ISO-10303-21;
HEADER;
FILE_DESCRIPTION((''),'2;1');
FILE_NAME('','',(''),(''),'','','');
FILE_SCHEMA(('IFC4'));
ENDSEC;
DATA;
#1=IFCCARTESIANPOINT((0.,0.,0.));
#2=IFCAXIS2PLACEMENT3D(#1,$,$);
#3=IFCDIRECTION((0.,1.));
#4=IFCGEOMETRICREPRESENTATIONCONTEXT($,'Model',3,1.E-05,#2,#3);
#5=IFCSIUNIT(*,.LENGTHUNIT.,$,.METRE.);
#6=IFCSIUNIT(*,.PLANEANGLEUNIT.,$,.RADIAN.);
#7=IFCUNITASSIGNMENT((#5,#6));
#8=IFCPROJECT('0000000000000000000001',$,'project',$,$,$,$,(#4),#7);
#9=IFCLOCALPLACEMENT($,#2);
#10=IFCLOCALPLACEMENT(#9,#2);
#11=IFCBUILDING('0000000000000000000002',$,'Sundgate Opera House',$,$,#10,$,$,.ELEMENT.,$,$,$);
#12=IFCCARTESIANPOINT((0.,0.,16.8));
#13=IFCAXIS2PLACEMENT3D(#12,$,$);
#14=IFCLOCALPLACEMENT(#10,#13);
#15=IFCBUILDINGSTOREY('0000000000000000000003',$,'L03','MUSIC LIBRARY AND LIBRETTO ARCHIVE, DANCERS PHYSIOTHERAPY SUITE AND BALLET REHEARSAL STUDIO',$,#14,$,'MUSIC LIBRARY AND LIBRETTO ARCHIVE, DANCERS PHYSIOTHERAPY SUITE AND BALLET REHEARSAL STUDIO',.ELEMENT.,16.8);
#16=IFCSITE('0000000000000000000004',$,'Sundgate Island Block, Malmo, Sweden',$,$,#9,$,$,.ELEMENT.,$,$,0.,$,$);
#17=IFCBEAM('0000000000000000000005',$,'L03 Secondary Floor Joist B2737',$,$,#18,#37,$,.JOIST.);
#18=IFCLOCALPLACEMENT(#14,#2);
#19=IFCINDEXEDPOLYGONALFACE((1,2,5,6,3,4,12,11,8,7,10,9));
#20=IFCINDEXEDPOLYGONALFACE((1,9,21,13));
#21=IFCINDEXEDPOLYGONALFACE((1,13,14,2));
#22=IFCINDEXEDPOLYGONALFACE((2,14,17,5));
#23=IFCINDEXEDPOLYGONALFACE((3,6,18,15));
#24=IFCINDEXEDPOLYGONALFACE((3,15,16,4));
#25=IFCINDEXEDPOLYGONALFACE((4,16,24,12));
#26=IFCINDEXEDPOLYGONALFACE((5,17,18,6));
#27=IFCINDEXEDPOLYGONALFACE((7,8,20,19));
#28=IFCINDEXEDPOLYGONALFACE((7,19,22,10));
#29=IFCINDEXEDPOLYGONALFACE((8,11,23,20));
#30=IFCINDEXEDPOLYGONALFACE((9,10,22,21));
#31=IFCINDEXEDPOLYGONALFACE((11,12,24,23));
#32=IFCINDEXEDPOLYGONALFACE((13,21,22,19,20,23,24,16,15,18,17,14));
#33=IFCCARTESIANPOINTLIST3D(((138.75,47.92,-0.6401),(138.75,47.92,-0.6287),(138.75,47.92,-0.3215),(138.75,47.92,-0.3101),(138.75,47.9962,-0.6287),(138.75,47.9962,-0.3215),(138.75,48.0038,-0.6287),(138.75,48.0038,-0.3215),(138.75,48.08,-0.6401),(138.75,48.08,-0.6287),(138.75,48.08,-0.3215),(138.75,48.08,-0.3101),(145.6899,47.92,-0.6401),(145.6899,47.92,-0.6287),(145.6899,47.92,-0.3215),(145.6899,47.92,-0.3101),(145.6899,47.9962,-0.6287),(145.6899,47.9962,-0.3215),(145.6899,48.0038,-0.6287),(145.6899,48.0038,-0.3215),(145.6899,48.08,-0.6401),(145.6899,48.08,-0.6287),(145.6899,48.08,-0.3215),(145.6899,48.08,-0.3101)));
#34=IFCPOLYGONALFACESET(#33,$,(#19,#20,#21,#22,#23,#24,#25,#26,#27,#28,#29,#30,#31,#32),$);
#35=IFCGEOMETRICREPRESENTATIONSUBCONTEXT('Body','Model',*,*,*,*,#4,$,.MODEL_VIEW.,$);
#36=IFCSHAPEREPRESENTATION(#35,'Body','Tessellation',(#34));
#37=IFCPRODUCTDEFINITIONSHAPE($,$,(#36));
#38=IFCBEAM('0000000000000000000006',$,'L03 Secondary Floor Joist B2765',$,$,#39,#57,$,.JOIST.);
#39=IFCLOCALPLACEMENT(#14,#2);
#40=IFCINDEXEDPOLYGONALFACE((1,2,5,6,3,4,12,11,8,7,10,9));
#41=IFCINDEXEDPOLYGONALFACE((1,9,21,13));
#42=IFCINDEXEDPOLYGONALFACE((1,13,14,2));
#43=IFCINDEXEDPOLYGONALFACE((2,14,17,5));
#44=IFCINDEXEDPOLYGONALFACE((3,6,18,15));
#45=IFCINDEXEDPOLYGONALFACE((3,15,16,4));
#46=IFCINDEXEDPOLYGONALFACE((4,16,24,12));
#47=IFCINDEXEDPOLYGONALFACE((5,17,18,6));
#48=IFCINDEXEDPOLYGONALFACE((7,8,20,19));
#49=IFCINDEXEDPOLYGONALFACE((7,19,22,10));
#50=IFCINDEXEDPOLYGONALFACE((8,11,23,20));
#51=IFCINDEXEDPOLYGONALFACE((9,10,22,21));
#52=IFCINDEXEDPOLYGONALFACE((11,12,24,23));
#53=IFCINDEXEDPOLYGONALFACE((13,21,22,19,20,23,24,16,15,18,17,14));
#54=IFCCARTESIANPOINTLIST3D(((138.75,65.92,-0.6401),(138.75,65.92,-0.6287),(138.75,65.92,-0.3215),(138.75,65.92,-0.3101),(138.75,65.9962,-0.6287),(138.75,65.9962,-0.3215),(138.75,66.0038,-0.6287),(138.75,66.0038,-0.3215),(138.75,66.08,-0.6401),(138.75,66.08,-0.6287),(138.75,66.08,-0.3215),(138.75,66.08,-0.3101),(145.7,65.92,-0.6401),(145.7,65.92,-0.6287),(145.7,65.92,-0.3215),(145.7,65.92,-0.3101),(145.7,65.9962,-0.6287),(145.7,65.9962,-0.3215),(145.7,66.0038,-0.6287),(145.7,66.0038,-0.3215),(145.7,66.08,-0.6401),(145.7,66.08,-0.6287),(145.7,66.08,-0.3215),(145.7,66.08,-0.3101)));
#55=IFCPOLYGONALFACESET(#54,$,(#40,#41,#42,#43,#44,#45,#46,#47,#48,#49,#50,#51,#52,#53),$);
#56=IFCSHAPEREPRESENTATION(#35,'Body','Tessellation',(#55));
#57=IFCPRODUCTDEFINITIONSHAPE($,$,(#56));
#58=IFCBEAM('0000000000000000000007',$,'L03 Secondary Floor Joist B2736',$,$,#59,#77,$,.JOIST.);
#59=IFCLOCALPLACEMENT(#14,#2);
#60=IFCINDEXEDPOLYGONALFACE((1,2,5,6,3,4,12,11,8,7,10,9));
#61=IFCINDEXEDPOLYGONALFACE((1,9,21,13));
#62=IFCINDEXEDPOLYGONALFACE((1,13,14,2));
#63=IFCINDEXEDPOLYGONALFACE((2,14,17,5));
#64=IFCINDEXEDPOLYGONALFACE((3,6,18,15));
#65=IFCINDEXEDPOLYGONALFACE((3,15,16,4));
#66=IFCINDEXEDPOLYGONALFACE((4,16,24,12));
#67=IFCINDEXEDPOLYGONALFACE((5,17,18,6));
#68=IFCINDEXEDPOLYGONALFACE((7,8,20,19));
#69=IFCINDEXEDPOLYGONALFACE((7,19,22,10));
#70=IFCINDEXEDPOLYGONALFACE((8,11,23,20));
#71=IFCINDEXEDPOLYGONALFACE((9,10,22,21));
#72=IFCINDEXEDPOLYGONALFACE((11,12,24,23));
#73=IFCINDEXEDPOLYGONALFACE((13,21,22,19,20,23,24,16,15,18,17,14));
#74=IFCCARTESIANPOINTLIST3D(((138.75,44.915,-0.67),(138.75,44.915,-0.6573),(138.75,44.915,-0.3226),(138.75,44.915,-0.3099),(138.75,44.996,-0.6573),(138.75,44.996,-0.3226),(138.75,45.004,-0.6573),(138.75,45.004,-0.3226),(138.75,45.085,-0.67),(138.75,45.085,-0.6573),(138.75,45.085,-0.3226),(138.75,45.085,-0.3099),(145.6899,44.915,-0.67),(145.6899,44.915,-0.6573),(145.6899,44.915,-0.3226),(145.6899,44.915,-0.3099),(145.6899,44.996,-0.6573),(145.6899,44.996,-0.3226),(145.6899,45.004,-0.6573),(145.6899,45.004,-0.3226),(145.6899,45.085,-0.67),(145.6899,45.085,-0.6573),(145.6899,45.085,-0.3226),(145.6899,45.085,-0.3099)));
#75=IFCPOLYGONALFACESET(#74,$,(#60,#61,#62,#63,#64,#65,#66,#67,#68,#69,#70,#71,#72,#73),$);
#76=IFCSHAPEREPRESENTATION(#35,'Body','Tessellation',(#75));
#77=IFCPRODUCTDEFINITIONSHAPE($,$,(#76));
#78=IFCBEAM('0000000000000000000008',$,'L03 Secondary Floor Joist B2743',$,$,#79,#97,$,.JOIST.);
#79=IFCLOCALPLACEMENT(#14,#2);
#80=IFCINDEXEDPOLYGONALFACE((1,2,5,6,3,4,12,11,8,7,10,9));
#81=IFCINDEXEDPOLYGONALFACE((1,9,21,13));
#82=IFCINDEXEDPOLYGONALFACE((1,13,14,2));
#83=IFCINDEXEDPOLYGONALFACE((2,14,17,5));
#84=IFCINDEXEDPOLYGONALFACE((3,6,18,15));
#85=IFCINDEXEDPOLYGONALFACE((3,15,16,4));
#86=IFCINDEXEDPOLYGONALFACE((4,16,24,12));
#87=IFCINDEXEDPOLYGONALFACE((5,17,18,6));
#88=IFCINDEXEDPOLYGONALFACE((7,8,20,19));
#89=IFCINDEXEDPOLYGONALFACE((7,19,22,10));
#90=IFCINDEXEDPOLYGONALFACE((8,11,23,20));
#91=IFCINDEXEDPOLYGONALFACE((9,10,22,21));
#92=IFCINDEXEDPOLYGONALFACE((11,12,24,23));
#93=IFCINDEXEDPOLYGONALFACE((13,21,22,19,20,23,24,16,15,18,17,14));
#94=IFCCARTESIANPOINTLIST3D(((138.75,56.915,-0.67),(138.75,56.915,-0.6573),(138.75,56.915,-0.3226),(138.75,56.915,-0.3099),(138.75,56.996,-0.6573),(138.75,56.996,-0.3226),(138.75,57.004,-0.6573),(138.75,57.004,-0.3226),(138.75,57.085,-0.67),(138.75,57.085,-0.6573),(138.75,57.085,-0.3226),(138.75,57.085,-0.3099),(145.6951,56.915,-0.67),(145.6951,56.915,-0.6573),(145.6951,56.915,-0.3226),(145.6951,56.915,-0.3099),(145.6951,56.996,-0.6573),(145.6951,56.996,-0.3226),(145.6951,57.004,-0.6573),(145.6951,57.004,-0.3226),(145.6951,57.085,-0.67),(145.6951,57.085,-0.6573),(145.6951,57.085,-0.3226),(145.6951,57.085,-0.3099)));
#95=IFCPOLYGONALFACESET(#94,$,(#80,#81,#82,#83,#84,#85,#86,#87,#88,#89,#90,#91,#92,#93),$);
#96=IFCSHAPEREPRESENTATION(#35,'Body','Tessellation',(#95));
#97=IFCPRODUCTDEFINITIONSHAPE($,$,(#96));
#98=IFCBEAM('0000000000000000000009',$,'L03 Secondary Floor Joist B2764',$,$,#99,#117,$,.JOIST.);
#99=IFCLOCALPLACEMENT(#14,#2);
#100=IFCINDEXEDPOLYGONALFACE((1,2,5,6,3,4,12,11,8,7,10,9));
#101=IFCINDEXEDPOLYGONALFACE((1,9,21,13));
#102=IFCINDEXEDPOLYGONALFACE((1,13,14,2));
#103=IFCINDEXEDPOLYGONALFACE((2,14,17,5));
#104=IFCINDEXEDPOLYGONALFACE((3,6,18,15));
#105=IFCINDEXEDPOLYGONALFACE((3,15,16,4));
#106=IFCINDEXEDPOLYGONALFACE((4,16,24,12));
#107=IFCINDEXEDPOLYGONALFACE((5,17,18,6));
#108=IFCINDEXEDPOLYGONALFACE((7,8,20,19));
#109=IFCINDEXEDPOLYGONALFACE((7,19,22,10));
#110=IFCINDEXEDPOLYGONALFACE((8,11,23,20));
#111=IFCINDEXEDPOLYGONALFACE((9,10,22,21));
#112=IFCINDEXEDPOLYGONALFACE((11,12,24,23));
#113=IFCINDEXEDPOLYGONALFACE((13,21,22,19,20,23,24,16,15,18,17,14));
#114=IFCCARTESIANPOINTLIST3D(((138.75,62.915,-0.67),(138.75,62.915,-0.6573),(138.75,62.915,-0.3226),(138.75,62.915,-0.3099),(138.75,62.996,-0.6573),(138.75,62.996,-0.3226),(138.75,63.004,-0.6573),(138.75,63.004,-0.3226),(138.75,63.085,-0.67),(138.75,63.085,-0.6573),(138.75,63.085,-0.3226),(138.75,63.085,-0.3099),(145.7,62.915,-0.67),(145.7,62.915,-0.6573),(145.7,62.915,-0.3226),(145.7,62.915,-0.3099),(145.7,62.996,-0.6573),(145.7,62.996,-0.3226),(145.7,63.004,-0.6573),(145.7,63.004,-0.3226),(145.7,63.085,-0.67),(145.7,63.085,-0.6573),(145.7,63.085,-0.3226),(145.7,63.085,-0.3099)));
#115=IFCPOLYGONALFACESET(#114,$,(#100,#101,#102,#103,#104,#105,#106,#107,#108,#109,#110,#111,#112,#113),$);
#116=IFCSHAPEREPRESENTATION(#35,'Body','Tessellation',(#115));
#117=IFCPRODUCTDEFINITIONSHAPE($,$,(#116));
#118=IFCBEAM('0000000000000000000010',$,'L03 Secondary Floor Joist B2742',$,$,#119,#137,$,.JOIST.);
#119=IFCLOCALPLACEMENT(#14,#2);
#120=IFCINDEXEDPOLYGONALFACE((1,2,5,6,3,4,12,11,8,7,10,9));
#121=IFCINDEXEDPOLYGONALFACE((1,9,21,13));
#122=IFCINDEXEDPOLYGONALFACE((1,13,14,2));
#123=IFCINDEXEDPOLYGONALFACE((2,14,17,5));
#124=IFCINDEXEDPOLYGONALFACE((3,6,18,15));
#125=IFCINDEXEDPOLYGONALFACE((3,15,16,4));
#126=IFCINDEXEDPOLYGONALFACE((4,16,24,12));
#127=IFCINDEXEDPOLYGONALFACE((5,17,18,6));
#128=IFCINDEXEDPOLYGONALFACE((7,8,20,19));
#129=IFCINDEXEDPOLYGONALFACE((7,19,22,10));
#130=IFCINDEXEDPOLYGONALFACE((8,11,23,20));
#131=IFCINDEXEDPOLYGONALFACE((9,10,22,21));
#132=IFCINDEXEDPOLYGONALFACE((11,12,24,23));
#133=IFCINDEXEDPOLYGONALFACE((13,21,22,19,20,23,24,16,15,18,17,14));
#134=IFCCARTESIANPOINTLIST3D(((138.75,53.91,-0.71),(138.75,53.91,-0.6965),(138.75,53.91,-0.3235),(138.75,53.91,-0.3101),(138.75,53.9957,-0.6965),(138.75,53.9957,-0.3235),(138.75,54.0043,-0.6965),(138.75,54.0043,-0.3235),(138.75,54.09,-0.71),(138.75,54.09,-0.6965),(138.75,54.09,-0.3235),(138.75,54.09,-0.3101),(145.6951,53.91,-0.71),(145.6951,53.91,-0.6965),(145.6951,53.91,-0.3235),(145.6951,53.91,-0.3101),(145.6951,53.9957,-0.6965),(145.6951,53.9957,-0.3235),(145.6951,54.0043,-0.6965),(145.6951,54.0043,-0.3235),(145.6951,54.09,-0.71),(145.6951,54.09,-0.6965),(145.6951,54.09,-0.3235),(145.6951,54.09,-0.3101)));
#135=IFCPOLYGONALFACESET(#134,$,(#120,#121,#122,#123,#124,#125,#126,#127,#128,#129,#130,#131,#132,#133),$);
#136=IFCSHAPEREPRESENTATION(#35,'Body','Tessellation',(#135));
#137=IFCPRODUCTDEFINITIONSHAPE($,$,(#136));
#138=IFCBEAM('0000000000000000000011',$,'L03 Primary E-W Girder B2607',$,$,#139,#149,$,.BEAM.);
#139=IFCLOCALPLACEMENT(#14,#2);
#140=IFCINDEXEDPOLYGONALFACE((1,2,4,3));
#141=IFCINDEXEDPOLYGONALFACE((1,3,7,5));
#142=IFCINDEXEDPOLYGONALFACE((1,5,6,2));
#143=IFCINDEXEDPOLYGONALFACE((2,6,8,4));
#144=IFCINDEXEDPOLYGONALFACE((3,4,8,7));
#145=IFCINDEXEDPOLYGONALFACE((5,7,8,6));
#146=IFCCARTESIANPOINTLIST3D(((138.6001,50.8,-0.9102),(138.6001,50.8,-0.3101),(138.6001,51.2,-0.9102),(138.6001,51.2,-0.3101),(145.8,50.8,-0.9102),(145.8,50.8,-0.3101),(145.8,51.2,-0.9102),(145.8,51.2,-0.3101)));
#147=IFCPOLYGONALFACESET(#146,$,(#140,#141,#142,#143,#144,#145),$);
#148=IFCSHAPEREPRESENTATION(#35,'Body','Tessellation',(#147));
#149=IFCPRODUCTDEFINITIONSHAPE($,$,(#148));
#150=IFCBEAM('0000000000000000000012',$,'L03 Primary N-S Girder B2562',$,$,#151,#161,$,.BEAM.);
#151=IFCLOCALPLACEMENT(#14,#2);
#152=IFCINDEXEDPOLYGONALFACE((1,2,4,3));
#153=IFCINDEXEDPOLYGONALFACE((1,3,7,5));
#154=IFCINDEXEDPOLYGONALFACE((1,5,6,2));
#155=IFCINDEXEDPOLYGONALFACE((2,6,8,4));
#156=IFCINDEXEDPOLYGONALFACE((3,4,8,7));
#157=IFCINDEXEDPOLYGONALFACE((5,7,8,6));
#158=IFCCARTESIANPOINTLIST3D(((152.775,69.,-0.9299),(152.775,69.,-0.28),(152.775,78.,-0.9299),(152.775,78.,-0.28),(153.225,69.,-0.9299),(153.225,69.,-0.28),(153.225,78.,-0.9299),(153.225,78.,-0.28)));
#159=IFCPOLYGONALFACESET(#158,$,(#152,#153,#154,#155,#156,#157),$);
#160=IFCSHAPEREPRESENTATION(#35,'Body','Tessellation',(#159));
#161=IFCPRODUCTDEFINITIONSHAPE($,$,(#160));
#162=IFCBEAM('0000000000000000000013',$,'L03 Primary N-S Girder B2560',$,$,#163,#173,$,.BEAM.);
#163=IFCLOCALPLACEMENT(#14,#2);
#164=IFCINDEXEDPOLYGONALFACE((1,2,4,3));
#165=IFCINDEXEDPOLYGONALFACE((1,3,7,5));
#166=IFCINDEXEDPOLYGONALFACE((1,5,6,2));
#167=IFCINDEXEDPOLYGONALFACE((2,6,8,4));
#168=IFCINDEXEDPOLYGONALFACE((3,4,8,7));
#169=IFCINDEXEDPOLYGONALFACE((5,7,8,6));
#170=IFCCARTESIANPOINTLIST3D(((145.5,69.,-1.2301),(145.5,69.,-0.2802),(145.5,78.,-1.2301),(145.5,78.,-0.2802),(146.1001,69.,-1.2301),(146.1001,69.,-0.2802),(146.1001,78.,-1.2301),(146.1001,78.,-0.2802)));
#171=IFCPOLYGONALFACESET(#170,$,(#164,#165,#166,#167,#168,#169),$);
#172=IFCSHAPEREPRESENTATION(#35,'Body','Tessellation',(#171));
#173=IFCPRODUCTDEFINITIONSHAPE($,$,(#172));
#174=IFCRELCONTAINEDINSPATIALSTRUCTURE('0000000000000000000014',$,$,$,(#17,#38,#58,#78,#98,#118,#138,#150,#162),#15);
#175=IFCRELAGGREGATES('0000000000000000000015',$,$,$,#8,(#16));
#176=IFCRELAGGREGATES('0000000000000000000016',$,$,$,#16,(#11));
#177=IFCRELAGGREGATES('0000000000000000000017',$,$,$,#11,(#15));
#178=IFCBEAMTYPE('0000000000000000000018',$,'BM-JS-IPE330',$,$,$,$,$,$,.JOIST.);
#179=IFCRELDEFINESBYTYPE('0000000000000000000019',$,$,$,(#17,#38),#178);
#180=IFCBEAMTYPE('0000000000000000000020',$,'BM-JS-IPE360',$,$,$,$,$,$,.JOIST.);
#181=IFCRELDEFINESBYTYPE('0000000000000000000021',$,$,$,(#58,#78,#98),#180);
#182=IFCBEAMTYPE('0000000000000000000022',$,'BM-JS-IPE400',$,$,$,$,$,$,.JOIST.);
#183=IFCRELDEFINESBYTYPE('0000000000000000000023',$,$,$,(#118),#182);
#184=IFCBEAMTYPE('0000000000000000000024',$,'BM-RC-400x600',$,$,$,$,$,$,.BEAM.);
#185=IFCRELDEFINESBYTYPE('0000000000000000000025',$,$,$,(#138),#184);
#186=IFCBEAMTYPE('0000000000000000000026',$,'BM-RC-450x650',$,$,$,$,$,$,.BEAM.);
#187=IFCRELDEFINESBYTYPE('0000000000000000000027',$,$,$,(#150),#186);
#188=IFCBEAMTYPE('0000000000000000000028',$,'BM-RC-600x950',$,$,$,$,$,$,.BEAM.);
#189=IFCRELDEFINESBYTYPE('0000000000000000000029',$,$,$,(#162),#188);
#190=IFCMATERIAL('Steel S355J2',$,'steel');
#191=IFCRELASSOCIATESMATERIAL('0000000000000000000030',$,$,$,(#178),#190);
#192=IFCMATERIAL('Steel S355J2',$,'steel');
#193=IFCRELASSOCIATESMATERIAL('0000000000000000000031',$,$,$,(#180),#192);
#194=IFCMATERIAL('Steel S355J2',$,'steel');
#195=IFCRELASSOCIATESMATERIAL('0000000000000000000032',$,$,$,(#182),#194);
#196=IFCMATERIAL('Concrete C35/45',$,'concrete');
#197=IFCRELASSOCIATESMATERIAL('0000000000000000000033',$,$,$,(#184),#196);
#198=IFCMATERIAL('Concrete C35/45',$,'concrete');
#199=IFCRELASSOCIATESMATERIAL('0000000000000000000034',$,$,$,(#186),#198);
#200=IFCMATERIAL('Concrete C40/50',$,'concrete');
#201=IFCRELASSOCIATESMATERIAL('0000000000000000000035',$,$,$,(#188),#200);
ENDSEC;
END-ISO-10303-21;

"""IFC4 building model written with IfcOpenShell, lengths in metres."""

from ifc_helpers import new_model, si_unit, direction, frame, origin, origin_2d, place, context, subcontext, project, spatial, rectangle, i_section, extrude, material, material_profile, profile_set, type_object, element, save


model = new_model("IFC4")

# Units and contexts
model_context = context("Model", 3, precision=1e-05, world=origin(), true_north=direction((0.0, 1.0)))
body_context = subcontext(model_context, "Body", "Model", "MODEL_VIEW")
ifc_project = project(units=[si_unit("LENGTHUNIT", "METRE"), si_unit("PLANEANGLEUNIT", "RADIAN")], contexts=[model_context])

# Site, building, storey
site_placement = place(None, origin())
site = spatial("IfcSite", under=ifc_project, at=site_placement, Name="Sundgate Island Block, Malmo, Sweden", CompositionType="ELEMENT", RefElevation=0.0)
building_placement = place(site_placement, origin())
building = spatial("IfcBuilding", under=site, at=building_placement, Name="Sundgate Opera House", CompositionType="ELEMENT")
storey_placement = place(building_placement, frame((0.0, 0.0, 16.8)))
storey = spatial("IfcBuildingStorey", under=building, at=storey_placement, Name="L03", Description="MUSIC LIBRARY AND LIBRETTO ARCHIVE, DANCERS PHYSIOTHERAPY SUITE AND BALLET REHEARSAL STUDIO", LongName="MUSIC LIBRARY AND LIBRETTO ARCHIVE, DANCERS PHYSIOTHERAPY SUITE AND BALLET REHEARSAL STUDIO", CompositionType="ELEMENT", Elevation=16.8)

# Beams
ifc_material_1 = material(Name="Steel S355J2", Category="steel")
ifc_material_profile_1 = material_profile(ifc_material_1, i_section(OverallWidth=0.1599, OverallDepth=0.3301, WebThickness=0.0076, FlangeThickness=0.0115, at=origin_2d()), Name="IPE 330")
ifc_profile_set_1 = profile_set([ifc_material_profile_1], Name="Steel S355J2")
beam_type_1 = type_object("IfcBeamType", Name="BM-JS-IPE330", PredefinedType="JOIST", material=ifc_profile_set_1)
beam_1_placement = place(storey_placement, frame((138.75, 48.0, -0.4751), z_axis=(1.0, 0.0, 0.0), x_axis=(0.0, 1.0, 0.0)))
element("IfcBeam", 1, at=beam_1_placement, inside=storey, type_object=beam_type_1, Name="L03 Secondary Floor Joist B2737", PredefinedType="JOIST", context=body_context, shape_type="SweptSolid", body=[
    extrude(i_section(OverallWidth=0.1599, OverallDepth=0.3301, WebThickness=0.0076, FlangeThickness=0.0115, at=origin_2d()), origin(), (0.0, 0.0, 1.0), 6.9399),
])
beam_2_placement = place(storey_placement, frame((138.75, 66.0, -0.4751), z_axis=(1.0, 0.0, 0.0), x_axis=(0.0, 1.0, 0.0)))
element("IfcBeam", 2, at=beam_2_placement, inside=storey, type_object=beam_type_1, Name="L03 Secondary Floor Joist B2765", PredefinedType="JOIST", context=body_context, shape_type="SweptSolid", body=[
    extrude(i_section(OverallWidth=0.1599, OverallDepth=0.3301, WebThickness=0.0076, FlangeThickness=0.0115, at=origin_2d()), origin(), (0.0, 0.0, 1.0), 6.95),
])
ifc_material_2 = material(Name="Steel S355J2", Category="steel")
ifc_material_profile_2 = material_profile(ifc_material_2, i_section(OverallWidth=0.1699, OverallDepth=0.3601, WebThickness=0.0081, FlangeThickness=0.0127, at=origin_2d()), Name="IPE 360")
ifc_profile_set_2 = profile_set([ifc_material_profile_2], Name="Steel S355J2")
beam_type_2 = type_object("IfcBeamType", Name="BM-JS-IPE360", PredefinedType="JOIST", material=ifc_profile_set_2)
beam_3_placement = place(storey_placement, frame((138.75, 45.0, -0.49), z_axis=(1.0, 0.0, 0.0), x_axis=(0.0, 1.0, 0.0)))
element("IfcBeam", 3, at=beam_3_placement, inside=storey, type_object=beam_type_2, Name="L03 Secondary Floor Joist B2736", PredefinedType="JOIST", context=body_context, shape_type="SweptSolid", body=[
    extrude(i_section(OverallWidth=0.1699, OverallDepth=0.3601, WebThickness=0.0081, FlangeThickness=0.0127, at=origin_2d()), origin(), (0.0, 0.0, 1.0), 6.9399),
])
beam_4_placement = place(storey_placement, frame((138.75, 57.0, -0.49), z_axis=(1.0, 0.0, 0.0), x_axis=(0.0, 1.0, 0.0)))
element("IfcBeam", 4, at=beam_4_placement, inside=storey, type_object=beam_type_2, Name="L03 Secondary Floor Joist B2743", PredefinedType="JOIST", context=body_context, shape_type="SweptSolid", body=[
    extrude(i_section(OverallWidth=0.1699, OverallDepth=0.3601, WebThickness=0.0081, FlangeThickness=0.0127, at=origin_2d()), origin(), (0.0, 0.0, 1.0), 6.9451),
])
beam_5_placement = place(storey_placement, frame((138.75, 63.0, -0.49), z_axis=(1.0, 0.0, 0.0), x_axis=(0.0, 1.0, 0.0)))
element("IfcBeam", 5, at=beam_5_placement, inside=storey, type_object=beam_type_2, Name="L03 Secondary Floor Joist B2764", PredefinedType="JOIST", context=body_context, shape_type="SweptSolid", body=[
    extrude(i_section(OverallWidth=0.1699, OverallDepth=0.3601, WebThickness=0.0081, FlangeThickness=0.0127, at=origin_2d()), origin(), (0.0, 0.0, 1.0), 6.95),
])
ifc_material_3 = material(Name="Steel S355J2", Category="steel")
ifc_material_profile_3 = material_profile(ifc_material_3, i_section(OverallWidth=0.1799, OverallDepth=0.3999, WebThickness=0.0085, FlangeThickness=0.0134, at=origin_2d()), Name="IPE 400")
ifc_profile_set_3 = profile_set([ifc_material_profile_3], Name="Steel S355J2")
beam_type_3 = type_object("IfcBeamType", Name="BM-JS-IPE400", PredefinedType="JOIST", material=ifc_profile_set_3)
beam_6_placement = place(storey_placement, frame((138.75, 54.0, -0.51), z_axis=(1.0, 0.0, 0.0), x_axis=(0.0, 1.0, 0.0)))
element("IfcBeam", 6, at=beam_6_placement, inside=storey, type_object=beam_type_3, Name="L03 Secondary Floor Joist B2742", PredefinedType="JOIST", context=body_context, shape_type="SweptSolid", body=[
    extrude(i_section(OverallWidth=0.1799, OverallDepth=0.3999, WebThickness=0.0085, FlangeThickness=0.0134, at=origin_2d()), origin(), (0.0, 0.0, 1.0), 6.9451),
])
ifc_material_4 = material(Name="Concrete C35/45", Category="concrete")
ifc_material_profile_4 = material_profile(ifc_material_4, rectangle(XDim=0.3999, YDim=0.6001, at=origin_2d()), Name="RC 400x600")
ifc_profile_set_4 = profile_set([ifc_material_profile_4], Name="Concrete C35/45")
beam_type_4 = type_object("IfcBeamType", Name="BM-RC-400x600", PredefinedType="BEAM", material=ifc_profile_set_4)
beam_7_placement = place(storey_placement, frame((138.6001, 51.0, -0.6101), z_axis=(1.0, 0.0, 0.0), x_axis=(0.0, 1.0, 0.0)))
element("IfcBeam", 7, at=beam_7_placement, inside=storey, type_object=beam_type_4, Name="L03 Primary E-W Girder B2607", PredefinedType="BEAM", context=body_context, shape_type="SweptSolid", body=[
    extrude(rectangle(XDim=0.3999, YDim=0.6001, at=origin_2d()), origin(), (0.0, 0.0, 1.0), 7.2),
])
ifc_material_5 = material(Name="Concrete C35/45", Category="concrete")
ifc_material_profile_5 = material_profile(ifc_material_5, rectangle(XDim=0.45, YDim=0.6499, at=origin_2d()), Name="RC 450x650")
ifc_profile_set_5 = profile_set([ifc_material_profile_5], Name="Concrete C35/45")
beam_type_5 = type_object("IfcBeamType", Name="BM-RC-450x650", PredefinedType="BEAM", material=ifc_profile_set_5)
beam_8_placement = place(storey_placement, frame((153.0, 69.0, -0.605), z_axis=(0.0, 1.0, 0.0), x_axis=(-1.0, 0.0, 0.0)))
element("IfcBeam", 8, at=beam_8_placement, inside=storey, type_object=beam_type_5, Name="L03 Primary N-S Girder B2562", PredefinedType="BEAM", context=body_context, shape_type="SweptSolid", body=[
    extrude(rectangle(XDim=0.45, YDim=0.6499, at=origin_2d()), origin(), (0.0, 0.0, 1.0), 9.0),
])
ifc_material_6 = material(Name="Concrete C40/50", Category="concrete")
ifc_material_profile_6 = material_profile(ifc_material_6, rectangle(XDim=0.6001, YDim=0.95, at=origin_2d()), Name="RC 600x950")
ifc_profile_set_6 = profile_set([ifc_material_profile_6], Name="Concrete C40/50")
beam_type_6 = type_object("IfcBeamType", Name="BM-RC-600x950", PredefinedType="BEAM", material=ifc_profile_set_6)
beam_9_placement = place(storey_placement, frame((145.8, 69.0, -0.7551), z_axis=(0.0, 1.0, 0.0), x_axis=(-1.0, 0.0, 0.0)))
element("IfcBeam", 9, at=beam_9_placement, inside=storey, type_object=beam_type_6, Name="L03 Primary N-S Girder B2560", PredefinedType="BEAM", context=body_context, shape_type="SweptSolid", body=[
    extrude(rectangle(XDim=0.6001, YDim=0.95, at=origin_2d()), origin(), (0.0, 0.0, 1.0), 9.0),
])

save(model, "model.ifc")
